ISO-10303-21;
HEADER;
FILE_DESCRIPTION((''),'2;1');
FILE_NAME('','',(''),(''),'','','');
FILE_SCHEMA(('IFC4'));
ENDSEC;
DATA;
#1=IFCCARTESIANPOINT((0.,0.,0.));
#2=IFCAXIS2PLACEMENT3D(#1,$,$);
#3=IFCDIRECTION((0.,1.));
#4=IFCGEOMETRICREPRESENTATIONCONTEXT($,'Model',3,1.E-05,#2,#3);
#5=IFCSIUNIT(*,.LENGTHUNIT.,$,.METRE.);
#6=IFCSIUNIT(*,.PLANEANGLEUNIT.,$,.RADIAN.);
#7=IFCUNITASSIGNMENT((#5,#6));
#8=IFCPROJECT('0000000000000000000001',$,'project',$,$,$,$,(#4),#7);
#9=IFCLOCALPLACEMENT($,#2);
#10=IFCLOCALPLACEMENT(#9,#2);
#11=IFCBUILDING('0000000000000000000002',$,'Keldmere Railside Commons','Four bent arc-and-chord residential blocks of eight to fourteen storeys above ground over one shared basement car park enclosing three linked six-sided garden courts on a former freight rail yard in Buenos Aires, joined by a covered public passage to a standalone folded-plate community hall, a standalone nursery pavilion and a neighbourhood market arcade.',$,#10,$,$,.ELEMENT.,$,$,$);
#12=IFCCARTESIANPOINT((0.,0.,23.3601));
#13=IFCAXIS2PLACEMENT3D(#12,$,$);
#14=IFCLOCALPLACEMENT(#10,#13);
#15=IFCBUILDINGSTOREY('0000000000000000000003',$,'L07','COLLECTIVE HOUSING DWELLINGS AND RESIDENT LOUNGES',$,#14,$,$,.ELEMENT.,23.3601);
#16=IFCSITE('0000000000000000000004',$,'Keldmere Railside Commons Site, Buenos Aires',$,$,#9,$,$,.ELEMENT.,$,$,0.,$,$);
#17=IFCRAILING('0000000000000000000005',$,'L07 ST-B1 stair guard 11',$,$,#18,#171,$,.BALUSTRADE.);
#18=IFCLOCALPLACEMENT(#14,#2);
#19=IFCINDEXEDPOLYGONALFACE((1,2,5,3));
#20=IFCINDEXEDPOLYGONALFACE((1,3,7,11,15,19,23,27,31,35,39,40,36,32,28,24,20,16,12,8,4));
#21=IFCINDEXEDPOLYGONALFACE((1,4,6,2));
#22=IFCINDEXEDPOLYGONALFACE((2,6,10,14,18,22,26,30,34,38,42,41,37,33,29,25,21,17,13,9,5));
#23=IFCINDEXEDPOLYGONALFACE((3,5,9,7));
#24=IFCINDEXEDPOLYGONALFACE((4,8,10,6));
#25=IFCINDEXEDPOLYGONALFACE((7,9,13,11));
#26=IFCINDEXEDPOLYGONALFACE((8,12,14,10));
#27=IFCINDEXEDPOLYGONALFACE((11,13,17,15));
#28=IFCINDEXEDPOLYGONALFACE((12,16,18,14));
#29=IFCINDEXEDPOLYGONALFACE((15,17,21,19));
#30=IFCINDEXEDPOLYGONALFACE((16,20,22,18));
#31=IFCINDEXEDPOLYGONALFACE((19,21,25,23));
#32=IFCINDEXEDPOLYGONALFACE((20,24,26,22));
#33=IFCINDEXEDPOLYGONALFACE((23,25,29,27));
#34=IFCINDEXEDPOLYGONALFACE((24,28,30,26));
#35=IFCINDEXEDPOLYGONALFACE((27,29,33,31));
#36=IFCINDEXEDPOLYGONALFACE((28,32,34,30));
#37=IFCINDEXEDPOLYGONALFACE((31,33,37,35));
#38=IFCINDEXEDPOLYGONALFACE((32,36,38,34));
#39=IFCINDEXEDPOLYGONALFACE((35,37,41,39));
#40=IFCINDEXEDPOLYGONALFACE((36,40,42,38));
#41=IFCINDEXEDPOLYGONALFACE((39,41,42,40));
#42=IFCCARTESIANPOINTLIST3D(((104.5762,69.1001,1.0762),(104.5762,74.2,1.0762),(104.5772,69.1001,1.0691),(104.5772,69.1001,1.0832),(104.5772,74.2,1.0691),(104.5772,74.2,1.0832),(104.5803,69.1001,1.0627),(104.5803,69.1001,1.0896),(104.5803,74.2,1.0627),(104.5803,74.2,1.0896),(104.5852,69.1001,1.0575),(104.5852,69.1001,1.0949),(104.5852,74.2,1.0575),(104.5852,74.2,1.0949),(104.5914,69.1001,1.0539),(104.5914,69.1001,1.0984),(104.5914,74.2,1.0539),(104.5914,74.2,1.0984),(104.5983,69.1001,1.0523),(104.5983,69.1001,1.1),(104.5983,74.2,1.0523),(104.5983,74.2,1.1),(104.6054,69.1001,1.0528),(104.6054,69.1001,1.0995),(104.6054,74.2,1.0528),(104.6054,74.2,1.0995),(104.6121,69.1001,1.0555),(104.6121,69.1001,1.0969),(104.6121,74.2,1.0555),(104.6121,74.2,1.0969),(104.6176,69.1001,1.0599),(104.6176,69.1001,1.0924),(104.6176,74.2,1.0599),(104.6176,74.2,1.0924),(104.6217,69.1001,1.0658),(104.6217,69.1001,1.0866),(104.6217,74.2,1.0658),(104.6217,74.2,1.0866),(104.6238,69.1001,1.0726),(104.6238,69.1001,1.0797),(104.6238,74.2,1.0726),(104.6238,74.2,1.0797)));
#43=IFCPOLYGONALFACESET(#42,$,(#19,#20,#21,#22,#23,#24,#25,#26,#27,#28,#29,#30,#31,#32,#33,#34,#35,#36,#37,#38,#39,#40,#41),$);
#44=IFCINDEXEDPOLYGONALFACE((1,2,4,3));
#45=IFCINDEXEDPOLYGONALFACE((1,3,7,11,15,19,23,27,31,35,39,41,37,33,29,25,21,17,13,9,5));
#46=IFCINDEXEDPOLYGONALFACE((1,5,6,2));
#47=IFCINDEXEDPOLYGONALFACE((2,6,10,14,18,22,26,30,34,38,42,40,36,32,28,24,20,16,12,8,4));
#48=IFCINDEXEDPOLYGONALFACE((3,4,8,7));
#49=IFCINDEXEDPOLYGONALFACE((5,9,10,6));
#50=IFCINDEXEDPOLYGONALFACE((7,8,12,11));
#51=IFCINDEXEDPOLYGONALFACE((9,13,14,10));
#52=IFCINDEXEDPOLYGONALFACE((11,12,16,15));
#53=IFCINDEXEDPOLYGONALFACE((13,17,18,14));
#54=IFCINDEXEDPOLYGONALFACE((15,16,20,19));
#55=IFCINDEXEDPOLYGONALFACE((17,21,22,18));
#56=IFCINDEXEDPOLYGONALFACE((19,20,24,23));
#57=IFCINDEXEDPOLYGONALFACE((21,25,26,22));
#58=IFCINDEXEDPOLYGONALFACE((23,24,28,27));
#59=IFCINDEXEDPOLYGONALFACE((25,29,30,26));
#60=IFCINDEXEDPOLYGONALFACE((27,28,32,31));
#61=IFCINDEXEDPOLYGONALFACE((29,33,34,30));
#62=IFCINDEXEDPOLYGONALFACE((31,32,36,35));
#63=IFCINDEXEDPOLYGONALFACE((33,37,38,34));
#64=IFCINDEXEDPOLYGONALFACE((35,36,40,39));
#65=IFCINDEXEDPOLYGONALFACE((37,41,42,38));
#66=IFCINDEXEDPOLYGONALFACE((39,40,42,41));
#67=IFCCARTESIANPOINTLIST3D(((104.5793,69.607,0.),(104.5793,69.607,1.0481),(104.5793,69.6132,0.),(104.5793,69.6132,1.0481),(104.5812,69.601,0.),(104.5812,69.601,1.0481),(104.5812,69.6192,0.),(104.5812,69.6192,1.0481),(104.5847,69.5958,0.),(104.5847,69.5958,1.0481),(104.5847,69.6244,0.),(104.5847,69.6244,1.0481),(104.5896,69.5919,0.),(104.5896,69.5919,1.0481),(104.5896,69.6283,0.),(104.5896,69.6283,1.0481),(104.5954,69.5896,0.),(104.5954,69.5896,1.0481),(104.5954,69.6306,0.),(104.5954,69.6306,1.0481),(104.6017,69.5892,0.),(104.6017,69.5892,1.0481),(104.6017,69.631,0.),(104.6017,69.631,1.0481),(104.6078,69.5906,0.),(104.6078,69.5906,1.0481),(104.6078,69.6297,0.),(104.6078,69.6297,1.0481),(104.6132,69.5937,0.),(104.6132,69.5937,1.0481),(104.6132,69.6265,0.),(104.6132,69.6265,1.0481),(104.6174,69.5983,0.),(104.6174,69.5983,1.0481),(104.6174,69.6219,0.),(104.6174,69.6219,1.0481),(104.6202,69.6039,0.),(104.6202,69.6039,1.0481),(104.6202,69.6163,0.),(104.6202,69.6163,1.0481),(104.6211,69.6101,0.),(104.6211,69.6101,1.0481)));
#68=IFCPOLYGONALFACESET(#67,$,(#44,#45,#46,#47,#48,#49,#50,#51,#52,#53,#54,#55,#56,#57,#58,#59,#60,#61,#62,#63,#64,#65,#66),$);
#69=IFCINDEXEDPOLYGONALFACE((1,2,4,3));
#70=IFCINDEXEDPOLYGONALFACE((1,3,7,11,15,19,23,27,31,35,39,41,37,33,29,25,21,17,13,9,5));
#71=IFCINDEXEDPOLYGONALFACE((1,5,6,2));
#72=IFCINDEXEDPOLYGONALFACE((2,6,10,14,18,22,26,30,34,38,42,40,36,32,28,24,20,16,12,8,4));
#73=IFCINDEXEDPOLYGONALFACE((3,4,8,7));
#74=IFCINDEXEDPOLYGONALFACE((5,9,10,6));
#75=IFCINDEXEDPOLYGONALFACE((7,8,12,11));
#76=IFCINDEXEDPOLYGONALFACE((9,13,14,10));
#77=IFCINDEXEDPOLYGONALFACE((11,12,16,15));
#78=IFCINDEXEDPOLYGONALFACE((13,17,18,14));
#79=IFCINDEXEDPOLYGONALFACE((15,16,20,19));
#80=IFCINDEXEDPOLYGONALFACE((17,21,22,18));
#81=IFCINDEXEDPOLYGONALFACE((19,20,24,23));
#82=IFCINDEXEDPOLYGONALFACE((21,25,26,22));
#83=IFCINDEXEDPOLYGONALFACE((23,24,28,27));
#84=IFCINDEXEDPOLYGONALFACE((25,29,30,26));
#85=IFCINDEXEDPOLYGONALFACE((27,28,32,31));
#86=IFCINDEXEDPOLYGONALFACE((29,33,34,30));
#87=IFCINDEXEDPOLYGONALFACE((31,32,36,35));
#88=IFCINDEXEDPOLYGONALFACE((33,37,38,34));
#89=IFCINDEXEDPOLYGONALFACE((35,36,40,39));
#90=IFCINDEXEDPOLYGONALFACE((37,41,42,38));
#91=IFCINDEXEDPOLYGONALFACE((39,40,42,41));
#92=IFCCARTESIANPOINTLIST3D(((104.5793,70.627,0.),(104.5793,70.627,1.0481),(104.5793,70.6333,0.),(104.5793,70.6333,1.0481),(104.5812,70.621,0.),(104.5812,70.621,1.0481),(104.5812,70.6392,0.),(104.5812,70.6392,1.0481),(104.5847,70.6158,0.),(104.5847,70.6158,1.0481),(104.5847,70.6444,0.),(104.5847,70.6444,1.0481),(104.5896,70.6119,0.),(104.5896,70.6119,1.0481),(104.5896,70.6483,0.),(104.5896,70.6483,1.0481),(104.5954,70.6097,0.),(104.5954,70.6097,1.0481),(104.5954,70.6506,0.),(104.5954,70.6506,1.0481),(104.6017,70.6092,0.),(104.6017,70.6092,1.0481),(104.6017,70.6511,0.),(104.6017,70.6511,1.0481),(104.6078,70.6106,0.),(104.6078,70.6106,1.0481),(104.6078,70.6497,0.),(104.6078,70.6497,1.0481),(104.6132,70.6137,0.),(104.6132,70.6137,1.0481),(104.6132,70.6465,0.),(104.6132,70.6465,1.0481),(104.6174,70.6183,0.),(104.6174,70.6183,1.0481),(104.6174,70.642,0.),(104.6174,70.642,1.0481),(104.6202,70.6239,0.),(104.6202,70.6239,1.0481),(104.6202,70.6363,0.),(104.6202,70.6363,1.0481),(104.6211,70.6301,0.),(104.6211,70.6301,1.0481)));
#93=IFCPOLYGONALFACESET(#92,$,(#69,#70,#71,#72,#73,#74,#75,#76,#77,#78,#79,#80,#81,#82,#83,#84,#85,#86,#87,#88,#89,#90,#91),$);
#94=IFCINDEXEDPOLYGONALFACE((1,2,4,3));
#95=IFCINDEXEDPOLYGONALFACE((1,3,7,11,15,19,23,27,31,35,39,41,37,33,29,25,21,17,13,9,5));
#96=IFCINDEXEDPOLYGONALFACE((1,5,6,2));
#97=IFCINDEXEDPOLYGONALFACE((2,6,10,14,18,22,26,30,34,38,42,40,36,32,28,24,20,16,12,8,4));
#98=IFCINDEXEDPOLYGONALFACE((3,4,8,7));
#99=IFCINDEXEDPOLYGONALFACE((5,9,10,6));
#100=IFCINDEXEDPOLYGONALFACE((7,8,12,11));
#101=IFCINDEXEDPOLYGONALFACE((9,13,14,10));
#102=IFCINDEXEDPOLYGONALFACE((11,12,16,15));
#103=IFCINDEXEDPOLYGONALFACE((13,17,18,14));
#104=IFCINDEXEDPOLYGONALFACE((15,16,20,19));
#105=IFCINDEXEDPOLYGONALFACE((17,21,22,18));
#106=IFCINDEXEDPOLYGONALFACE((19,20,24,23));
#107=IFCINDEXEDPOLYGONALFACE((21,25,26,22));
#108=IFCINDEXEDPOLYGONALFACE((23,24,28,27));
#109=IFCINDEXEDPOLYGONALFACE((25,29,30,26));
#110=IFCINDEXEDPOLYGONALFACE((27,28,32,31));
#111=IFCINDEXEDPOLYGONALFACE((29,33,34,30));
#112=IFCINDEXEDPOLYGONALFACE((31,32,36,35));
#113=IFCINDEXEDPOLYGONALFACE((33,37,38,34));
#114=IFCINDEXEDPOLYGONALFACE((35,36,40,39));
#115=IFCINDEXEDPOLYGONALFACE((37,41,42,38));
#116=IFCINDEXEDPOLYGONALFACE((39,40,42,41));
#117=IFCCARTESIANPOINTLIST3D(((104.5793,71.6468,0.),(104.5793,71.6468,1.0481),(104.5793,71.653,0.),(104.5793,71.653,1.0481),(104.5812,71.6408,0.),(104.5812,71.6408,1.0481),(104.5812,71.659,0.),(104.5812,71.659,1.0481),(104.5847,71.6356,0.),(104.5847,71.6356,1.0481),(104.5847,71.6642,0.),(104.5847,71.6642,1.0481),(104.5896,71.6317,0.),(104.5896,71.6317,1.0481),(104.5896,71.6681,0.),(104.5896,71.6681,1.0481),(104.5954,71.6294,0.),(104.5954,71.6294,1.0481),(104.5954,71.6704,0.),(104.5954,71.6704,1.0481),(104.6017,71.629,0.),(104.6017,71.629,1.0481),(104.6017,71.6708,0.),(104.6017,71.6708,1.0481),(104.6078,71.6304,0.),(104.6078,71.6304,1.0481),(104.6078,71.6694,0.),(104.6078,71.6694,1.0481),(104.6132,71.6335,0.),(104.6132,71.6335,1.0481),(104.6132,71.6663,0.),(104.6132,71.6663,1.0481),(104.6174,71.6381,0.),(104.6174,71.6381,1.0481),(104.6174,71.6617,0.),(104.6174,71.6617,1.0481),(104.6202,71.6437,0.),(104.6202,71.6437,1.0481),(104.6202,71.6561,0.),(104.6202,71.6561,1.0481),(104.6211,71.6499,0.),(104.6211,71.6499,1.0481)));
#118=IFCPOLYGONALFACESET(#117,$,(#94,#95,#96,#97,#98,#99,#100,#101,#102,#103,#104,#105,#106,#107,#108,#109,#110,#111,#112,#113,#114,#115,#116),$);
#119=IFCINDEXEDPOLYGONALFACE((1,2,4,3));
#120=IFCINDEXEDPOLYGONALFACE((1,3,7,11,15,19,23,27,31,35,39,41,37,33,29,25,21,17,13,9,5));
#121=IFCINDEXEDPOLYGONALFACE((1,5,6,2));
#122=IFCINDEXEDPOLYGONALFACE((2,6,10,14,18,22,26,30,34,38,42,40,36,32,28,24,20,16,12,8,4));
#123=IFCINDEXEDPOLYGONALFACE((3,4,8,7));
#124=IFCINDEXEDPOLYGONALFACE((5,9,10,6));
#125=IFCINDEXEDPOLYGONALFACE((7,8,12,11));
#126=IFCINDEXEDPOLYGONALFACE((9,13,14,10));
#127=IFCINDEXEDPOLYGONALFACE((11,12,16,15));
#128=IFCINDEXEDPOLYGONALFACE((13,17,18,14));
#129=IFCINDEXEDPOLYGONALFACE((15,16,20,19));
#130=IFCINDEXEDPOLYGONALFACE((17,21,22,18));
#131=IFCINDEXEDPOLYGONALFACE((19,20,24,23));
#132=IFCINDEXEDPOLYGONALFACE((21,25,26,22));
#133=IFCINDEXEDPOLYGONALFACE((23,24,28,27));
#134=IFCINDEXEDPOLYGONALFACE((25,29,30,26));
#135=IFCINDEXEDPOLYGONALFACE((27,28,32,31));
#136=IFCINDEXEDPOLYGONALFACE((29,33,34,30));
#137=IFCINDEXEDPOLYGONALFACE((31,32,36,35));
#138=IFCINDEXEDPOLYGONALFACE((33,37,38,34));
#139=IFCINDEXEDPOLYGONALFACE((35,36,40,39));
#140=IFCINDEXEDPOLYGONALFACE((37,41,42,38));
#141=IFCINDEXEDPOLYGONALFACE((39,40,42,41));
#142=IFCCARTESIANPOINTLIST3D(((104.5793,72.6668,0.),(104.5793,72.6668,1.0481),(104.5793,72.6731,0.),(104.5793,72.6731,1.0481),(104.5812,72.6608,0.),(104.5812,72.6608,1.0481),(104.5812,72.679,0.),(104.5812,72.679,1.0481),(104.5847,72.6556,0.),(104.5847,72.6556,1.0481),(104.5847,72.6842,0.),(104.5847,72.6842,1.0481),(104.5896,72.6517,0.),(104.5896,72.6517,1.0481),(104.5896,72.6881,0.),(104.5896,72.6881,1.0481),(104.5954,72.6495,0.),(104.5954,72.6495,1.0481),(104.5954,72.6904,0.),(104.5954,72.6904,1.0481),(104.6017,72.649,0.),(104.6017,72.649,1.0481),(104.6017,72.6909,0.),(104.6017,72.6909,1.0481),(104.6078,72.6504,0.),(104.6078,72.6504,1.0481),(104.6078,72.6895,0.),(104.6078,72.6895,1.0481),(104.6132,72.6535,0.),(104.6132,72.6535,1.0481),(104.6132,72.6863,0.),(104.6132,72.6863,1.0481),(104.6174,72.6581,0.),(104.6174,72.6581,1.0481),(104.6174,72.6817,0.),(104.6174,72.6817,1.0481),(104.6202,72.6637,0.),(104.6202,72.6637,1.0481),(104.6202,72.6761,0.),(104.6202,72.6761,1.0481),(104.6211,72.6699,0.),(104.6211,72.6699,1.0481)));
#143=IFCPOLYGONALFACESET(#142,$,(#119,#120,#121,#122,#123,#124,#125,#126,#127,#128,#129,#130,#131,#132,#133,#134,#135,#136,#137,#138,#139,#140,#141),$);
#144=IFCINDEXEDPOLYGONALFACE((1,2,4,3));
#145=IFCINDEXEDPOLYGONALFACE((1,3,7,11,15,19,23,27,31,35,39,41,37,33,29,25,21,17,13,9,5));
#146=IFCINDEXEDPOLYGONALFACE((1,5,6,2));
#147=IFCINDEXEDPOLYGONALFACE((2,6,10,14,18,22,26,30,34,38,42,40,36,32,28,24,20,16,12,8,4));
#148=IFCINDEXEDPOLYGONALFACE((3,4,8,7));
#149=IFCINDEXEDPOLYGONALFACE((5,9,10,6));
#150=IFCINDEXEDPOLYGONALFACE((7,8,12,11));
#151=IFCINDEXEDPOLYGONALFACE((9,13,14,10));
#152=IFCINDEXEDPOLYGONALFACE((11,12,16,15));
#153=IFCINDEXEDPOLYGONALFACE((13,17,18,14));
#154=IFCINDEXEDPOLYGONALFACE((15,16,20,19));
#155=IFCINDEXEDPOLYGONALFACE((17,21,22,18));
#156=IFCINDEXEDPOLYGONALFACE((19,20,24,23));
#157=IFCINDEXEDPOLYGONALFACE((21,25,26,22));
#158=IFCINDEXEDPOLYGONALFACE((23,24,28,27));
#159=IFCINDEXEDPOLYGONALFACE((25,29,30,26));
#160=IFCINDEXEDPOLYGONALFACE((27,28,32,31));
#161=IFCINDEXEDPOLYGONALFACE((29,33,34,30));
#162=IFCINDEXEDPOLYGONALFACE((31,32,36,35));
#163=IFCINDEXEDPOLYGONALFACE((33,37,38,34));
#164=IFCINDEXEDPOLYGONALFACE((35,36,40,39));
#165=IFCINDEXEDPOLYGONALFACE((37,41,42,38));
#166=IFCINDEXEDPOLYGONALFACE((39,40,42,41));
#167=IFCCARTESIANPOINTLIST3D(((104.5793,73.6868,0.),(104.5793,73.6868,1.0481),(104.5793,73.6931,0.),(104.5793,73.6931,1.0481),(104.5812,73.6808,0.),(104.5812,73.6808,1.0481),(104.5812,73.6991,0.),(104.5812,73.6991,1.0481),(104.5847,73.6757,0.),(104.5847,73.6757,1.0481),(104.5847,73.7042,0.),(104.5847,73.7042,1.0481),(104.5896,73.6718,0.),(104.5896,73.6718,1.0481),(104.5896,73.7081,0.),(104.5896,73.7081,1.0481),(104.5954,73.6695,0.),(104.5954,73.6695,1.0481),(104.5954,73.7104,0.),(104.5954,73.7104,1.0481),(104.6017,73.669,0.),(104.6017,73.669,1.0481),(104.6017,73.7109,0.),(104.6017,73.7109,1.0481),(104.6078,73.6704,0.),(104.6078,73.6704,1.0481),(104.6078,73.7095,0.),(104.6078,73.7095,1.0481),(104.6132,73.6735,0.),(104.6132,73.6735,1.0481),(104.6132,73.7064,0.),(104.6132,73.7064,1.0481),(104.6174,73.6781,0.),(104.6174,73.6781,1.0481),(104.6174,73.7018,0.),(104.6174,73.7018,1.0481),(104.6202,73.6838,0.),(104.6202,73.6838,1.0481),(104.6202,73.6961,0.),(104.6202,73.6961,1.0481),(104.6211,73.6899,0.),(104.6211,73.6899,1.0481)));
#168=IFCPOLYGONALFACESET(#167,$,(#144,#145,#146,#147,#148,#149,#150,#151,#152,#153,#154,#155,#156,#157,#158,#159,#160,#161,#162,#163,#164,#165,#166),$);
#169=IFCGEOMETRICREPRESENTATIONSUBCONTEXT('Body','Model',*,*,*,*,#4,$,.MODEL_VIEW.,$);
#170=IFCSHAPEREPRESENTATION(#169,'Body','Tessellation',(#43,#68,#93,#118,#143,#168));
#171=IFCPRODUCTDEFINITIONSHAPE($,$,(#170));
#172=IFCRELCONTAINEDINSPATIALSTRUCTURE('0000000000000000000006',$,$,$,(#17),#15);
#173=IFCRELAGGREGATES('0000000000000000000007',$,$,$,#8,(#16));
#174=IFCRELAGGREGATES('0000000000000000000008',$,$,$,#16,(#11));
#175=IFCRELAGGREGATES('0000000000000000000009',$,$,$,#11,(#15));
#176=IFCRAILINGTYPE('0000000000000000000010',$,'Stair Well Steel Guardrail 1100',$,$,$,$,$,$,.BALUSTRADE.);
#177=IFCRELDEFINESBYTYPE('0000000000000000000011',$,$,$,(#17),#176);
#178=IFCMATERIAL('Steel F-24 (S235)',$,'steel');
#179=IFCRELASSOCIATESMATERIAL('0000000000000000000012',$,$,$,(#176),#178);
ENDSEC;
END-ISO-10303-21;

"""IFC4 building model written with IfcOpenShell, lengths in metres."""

from ifc_helpers import new_model, si_unit, direction, frame, origin, origin_2d, place, context, subcontext, project, spatial, circle, extrude, material, type_object, element, save


model = new_model("IFC4")

# Units and contexts
model_context = context("Model", 3, precision=1e-05, world=origin(), true_north=direction((0.0, 1.0)))
body_context = subcontext(model_context, "Body", "Model", "MODEL_VIEW")
ifc_project = project(units=[si_unit("LENGTHUNIT", "METRE"), si_unit("PLANEANGLEUNIT", "RADIAN")], contexts=[model_context])

# Site, building, storey
site_placement = place(None, origin())
site = spatial("IfcSite", under=ifc_project, at=site_placement, Name="Keldmere Railside Commons Site, Buenos Aires", CompositionType="ELEMENT", RefElevation=0.0)
building_placement = place(site_placement, origin())
building = spatial("IfcBuilding", under=site, at=building_placement, Name="Keldmere Railside Commons", Description="Four bent arc-and-chord residential blocks of eight to fourteen storeys above ground over one shared basement car park enclosing three linked six-sided garden courts on a former freight rail yard in Buenos Aires, joined by a covered public passage to a standalone folded-plate community hall, a standalone nursery pavilion and a neighbourhood market arcade.", CompositionType="ELEMENT")
storey_placement = place(building_placement, frame((0.0, 0.0, 23.3601)))
storey = spatial("IfcBuildingStorey", under=building, at=storey_placement, Name="L07", Description="COLLECTIVE HOUSING DWELLINGS AND RESIDENT LOUNGES", CompositionType="ELEMENT", Elevation=23.3601)

# Shared definitions
ifc_material_1 = material(Name="Steel F-24 (S235)", Category="steel")

# Railing
railing_type_1 = type_object("IfcRailingType", Name="Stair Well Steel Guardrail 1100", PredefinedType="BALUSTRADE", material=ifc_material_1)
railing_1_placement = place(storey_placement, frame((104.6001, 69.1001, 0.0)))
element("IfcRailing", 1, at=railing_1_placement, inside=storey, type_object=railing_type_1, Name="L07 ST-B1 stair guard 11", PredefinedType="BALUSTRADE", context=body_context, shape_type="SweptSolid", body=[
    extrude(circle(Radius=0.0239, at=origin_2d()), frame((0.0, 0.0, 1.0762), z_axis=(0.0, 1.0, 0.0), x_axis=(-1.0, 0.0, 0.0)), (0.0, 0.0, 1.0), 5.0999),
    extrude(circle(Radius=0.021, at=origin_2d()), frame((0.0, 0.51, 0.0)), (0.0, 0.0, 1.0), 1.0481),
    extrude(circle(Radius=0.021, at=origin_2d()), frame((0.0, 1.53, 0.0)), (0.0, 0.0, 1.0), 1.0481),
    extrude(circle(Radius=0.021, at=origin_2d()), frame((0.0, 2.5498, 0.0)), (0.0, 0.0, 1.0), 1.0481),
    extrude(circle(Radius=0.021, at=origin_2d()), frame((0.0, 3.5698, 0.0)), (0.0, 0.0, 1.0), 1.0481),
    extrude(circle(Radius=0.021, at=origin_2d()), frame((0.0, 4.5898, 0.0)), (0.0, 0.0, 1.0), 1.0481),
])

save(model, "model.ifc")
